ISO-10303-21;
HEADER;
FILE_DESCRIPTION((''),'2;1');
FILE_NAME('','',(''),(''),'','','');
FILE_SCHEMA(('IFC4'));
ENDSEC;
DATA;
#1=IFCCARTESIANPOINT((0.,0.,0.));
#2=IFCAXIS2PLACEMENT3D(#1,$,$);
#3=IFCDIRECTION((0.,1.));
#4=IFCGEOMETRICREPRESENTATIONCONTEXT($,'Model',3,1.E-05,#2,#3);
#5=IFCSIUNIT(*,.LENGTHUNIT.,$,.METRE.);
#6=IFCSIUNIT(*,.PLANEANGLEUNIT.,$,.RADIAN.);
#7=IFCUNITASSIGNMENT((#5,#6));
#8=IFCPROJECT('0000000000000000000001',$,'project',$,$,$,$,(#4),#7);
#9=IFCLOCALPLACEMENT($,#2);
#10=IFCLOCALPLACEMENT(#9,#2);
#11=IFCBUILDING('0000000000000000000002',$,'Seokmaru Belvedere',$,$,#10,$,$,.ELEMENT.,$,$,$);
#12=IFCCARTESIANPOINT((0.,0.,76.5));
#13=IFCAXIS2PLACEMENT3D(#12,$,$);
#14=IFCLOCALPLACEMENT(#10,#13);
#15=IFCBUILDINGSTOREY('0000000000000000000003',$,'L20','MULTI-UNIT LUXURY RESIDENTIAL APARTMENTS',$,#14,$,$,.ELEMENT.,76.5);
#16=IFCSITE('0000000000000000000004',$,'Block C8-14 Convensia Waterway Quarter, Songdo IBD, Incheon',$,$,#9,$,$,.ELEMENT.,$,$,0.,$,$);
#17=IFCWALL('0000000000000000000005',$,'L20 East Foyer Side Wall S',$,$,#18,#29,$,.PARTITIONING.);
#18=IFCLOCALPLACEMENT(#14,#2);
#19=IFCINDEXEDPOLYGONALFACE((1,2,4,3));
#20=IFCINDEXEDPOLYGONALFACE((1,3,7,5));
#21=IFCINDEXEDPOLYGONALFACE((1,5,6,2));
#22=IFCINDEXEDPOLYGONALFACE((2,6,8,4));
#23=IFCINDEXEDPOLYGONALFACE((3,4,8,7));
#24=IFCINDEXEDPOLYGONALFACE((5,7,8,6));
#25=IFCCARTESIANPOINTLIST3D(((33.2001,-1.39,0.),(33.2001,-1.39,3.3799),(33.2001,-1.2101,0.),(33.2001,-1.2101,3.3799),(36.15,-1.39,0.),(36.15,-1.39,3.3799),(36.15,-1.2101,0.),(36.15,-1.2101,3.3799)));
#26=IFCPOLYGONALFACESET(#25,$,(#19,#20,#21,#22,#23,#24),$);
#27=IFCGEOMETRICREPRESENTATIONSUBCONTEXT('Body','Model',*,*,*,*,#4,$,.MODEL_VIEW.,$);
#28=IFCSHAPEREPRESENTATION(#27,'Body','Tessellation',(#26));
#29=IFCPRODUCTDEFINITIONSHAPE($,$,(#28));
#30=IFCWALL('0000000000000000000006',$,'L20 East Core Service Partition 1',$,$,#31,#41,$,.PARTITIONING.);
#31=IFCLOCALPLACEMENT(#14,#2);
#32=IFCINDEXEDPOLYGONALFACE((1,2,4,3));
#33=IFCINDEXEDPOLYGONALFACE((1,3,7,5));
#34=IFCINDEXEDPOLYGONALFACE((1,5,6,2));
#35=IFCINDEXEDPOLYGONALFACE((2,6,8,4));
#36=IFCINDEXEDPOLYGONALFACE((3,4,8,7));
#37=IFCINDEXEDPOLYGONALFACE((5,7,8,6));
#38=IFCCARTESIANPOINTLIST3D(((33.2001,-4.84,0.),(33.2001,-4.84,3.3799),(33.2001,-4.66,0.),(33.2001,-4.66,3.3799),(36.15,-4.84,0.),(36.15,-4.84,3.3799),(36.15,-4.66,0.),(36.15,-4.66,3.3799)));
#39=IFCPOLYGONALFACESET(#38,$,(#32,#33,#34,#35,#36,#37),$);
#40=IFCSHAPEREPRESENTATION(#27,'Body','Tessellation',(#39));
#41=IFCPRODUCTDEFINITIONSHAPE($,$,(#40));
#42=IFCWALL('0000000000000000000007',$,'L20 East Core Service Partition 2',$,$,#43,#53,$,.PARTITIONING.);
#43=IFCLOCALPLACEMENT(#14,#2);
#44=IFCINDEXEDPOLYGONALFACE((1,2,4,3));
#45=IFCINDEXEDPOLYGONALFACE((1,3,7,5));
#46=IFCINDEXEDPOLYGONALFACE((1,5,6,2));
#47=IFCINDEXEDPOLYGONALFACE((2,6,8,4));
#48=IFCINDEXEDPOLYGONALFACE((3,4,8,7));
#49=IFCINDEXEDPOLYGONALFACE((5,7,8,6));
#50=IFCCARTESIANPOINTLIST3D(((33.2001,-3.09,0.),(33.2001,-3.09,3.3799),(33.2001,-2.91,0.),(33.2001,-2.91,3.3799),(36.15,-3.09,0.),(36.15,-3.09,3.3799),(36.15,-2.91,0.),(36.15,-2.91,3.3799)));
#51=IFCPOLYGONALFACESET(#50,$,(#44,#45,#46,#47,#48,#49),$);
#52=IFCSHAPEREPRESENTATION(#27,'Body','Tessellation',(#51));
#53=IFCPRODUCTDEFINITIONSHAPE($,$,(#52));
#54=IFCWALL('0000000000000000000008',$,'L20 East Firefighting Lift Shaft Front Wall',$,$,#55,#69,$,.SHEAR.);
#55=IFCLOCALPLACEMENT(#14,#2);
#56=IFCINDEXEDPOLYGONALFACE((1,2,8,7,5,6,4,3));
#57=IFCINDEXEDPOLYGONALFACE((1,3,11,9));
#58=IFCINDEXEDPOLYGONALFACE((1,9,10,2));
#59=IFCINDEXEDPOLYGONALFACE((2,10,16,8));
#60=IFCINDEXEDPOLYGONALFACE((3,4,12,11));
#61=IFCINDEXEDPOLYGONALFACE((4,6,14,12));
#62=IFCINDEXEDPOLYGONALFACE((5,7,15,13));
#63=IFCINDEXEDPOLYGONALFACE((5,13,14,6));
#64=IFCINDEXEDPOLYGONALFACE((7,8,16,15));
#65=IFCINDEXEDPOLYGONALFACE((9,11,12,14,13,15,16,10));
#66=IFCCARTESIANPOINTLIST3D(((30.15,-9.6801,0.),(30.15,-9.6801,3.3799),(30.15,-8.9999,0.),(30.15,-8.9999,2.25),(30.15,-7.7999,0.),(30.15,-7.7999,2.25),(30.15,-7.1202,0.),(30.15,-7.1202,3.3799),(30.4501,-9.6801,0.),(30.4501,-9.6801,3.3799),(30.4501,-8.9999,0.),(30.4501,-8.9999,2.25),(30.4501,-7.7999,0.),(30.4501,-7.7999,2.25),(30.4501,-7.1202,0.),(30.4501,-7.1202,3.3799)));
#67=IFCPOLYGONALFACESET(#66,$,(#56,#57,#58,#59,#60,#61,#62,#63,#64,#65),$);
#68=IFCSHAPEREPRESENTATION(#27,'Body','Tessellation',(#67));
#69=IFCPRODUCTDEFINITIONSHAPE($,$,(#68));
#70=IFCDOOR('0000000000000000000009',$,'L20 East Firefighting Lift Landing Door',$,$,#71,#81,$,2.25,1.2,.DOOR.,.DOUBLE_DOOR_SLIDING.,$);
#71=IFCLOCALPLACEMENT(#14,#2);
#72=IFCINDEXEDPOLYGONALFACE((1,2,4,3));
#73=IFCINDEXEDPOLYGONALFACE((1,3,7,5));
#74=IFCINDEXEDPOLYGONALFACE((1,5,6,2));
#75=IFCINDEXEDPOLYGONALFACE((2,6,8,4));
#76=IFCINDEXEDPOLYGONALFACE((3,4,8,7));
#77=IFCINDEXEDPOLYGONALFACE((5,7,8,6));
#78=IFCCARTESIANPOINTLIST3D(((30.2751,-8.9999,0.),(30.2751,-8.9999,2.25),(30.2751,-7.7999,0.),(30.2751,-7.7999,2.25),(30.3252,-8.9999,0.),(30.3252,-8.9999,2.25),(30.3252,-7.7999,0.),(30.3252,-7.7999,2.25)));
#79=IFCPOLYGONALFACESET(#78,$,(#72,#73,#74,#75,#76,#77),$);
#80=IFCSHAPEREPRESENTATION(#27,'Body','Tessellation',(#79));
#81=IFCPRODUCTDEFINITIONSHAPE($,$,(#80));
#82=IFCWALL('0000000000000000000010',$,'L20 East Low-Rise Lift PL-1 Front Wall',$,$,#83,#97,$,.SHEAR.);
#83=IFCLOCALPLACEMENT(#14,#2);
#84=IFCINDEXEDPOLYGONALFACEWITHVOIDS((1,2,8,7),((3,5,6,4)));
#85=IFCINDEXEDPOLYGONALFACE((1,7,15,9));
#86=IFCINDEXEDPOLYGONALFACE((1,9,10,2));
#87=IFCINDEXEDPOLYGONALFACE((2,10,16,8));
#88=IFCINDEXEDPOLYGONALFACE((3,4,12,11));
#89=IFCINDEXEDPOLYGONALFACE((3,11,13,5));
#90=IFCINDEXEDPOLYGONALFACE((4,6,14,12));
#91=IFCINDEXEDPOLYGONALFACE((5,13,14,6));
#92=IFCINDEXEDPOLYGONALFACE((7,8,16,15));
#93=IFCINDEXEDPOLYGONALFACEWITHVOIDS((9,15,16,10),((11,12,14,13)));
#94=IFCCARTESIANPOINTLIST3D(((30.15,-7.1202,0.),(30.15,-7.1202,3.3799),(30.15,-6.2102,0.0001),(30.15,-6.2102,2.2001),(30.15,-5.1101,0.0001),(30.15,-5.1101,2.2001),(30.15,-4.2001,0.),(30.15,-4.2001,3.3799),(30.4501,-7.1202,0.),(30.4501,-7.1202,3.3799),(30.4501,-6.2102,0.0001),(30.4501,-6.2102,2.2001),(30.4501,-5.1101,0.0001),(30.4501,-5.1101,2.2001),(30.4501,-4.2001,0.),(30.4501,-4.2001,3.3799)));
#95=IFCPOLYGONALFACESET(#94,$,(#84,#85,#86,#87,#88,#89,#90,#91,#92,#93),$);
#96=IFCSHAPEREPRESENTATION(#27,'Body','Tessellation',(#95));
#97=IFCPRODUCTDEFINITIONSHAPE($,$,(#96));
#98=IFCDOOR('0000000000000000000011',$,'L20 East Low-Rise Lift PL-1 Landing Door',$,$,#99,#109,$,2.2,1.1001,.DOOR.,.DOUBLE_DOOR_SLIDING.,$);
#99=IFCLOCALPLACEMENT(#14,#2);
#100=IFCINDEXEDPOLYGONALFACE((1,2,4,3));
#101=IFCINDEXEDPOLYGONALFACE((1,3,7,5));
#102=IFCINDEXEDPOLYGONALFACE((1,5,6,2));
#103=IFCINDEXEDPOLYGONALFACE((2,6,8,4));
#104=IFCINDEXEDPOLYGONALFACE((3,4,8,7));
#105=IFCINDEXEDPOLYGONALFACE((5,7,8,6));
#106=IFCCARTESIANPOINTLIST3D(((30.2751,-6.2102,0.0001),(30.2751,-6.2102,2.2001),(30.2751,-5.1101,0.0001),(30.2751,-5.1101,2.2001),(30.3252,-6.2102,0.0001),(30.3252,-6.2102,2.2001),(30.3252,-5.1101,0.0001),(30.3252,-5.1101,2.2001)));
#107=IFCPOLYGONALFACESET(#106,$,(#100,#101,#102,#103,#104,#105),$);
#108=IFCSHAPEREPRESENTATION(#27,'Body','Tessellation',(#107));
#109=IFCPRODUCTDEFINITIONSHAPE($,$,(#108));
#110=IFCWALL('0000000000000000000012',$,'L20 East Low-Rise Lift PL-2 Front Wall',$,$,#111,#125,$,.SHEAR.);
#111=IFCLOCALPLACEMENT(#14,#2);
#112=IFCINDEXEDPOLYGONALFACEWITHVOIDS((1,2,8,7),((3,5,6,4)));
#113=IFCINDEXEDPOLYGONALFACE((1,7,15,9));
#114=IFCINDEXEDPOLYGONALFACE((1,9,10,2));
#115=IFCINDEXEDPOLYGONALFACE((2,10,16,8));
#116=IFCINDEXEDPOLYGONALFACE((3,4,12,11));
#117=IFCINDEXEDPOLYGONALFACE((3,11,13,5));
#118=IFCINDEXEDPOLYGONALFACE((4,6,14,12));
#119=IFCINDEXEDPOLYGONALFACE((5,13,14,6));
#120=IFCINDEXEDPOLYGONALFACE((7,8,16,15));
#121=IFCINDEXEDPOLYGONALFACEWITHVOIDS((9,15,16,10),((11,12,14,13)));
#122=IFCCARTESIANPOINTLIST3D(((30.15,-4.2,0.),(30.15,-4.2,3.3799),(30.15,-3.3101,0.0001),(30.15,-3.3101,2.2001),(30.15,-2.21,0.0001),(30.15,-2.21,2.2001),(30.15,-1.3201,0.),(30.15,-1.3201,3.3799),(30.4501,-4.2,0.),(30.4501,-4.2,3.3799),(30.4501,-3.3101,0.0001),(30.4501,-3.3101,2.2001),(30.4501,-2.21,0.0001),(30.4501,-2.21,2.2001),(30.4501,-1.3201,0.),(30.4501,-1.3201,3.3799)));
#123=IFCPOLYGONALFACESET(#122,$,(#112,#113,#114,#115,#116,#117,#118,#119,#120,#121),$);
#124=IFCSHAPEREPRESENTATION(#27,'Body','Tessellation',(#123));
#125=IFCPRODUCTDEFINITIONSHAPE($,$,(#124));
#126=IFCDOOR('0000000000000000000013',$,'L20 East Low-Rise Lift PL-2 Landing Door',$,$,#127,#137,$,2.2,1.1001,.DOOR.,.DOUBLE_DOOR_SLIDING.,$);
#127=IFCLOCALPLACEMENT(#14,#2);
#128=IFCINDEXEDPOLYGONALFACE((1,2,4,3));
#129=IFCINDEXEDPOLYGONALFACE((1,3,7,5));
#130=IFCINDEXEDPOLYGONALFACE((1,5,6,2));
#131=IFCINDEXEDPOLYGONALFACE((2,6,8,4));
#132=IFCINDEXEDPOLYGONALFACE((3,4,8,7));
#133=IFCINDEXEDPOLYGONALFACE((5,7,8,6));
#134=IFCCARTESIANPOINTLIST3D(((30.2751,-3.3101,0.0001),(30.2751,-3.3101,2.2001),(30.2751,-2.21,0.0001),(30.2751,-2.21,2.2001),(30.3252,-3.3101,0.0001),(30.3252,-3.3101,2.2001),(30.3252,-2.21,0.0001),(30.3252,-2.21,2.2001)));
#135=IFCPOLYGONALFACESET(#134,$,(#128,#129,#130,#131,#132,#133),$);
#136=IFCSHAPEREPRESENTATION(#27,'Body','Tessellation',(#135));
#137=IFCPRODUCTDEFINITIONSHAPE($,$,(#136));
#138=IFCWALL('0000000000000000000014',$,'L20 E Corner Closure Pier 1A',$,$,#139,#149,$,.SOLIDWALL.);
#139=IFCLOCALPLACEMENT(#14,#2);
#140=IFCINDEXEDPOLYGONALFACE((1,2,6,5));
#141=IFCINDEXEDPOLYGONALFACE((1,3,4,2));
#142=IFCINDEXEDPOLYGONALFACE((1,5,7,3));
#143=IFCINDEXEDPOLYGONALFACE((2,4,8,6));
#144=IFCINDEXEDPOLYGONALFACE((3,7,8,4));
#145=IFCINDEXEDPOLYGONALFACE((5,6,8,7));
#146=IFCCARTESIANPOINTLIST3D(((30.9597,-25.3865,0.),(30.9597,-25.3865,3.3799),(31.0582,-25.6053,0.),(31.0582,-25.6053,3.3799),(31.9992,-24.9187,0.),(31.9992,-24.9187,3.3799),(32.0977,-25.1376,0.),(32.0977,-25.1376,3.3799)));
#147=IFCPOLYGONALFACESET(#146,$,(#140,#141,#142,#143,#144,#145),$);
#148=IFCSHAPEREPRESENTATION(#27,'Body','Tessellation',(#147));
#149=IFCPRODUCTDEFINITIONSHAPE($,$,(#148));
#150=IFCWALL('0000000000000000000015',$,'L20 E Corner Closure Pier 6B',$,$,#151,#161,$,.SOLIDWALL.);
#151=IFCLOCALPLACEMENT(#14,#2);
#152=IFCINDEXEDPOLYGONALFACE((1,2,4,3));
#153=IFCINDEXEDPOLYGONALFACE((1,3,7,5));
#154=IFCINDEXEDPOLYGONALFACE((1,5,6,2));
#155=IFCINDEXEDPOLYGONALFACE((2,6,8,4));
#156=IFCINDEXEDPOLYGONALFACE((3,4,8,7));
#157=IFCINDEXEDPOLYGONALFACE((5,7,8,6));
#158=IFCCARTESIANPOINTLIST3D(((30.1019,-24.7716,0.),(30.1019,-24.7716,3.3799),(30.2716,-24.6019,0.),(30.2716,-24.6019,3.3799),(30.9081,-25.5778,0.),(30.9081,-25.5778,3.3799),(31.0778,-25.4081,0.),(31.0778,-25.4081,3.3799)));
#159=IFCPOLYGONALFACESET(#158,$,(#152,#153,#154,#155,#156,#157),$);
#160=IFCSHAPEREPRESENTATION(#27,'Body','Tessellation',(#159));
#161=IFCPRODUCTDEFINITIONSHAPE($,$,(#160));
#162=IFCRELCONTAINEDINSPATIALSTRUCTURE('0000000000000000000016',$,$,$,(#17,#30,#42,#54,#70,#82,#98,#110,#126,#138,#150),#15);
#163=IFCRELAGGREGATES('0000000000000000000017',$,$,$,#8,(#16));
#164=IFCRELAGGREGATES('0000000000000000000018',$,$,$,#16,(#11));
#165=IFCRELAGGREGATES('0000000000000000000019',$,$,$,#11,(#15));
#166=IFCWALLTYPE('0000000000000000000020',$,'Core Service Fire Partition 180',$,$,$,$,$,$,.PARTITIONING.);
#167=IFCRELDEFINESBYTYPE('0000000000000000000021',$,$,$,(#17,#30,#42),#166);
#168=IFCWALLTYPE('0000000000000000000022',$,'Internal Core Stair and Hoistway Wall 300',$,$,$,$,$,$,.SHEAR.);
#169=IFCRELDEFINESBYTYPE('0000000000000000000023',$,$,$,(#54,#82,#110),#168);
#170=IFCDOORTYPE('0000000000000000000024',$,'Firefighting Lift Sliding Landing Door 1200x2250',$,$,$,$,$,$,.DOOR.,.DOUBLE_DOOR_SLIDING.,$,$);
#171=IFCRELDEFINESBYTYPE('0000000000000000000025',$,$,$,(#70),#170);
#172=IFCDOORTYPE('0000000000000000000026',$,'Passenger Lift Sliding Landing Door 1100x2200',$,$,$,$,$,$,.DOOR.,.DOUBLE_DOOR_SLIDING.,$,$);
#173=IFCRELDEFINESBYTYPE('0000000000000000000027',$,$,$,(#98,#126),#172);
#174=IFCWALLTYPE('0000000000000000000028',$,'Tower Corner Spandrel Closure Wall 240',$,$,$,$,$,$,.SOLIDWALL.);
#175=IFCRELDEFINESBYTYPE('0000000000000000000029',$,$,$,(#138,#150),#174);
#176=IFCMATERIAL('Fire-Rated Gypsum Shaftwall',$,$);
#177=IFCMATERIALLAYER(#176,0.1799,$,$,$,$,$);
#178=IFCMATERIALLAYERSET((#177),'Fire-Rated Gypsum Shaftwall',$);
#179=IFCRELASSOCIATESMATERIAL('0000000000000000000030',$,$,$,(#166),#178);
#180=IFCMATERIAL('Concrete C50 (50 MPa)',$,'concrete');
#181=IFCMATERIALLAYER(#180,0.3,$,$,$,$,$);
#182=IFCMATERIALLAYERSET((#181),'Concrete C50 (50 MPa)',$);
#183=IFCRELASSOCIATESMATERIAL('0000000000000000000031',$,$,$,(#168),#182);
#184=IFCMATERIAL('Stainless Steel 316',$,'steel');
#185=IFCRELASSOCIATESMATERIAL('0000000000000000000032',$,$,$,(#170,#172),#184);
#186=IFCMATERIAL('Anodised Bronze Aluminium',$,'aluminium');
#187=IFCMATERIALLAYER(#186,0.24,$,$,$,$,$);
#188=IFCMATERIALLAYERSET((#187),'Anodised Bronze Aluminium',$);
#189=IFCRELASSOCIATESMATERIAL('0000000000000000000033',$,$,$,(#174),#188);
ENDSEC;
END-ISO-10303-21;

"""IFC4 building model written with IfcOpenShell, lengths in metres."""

from ifc_helpers import new_model, si_unit, direction, frame, frame_2d, origin, place, context, subcontext, project, spatial, rectangle, extrude, source, transform, mapped, material, layer, layer_set, type_object, type_shapes, element, fill, save


model = new_model("IFC4")

# Units and contexts
model_context = context("Model", 3, precision=1e-05, world=origin(), true_north=direction((0.0, 1.0)))
body_context = subcontext(model_context, "Body", "Model", "MODEL_VIEW")
ifc_project = project(units=[si_unit("LENGTHUNIT", "METRE"), si_unit("PLANEANGLEUNIT", "RADIAN")], contexts=[model_context])

# Site, building, storey
site_placement = place(None, origin())
site = spatial("IfcSite", under=ifc_project, at=site_placement, Name="Block C8-14 Convensia Waterway Quarter, Songdo IBD, Incheon", CompositionType="ELEMENT", RefElevation=0.0)
building_placement = place(site_placement, origin())
building = spatial("IfcBuilding", under=site, at=building_placement, Name="Seokmaru Belvedere", CompositionType="ELEMENT")
storey_placement = place(building_placement, frame((0.0, 0.0, 76.5)))
storey = spatial("IfcBuildingStorey", under=building, at=storey_placement, Name="L20", Description="MULTI-UNIT LUXURY RESIDENTIAL APARTMENTS", CompositionType="ELEMENT", Elevation=76.5)

# Shared definitions
ifc_material_1 = material(Name="Anodised Bronze Aluminium", Category="aluminium")

# Shared definitions
ifc_material_2 = material(Name="Fire-Rated Gypsum Shaftwall")
ifc_layer_1 = layer(ifc_material_2, 0.1799)
ifc_layer_set_1 = layer_set([ifc_layer_1], Name="Fire-Rated Gypsum Shaftwall")
wall_type_1 = type_object("IfcWallType", Name="Core Service Fire Partition 180", PredefinedType="PARTITIONING", material=ifc_layer_set_1)

# Walls
for number, where, z_axis, x_axis, name in (
    (1, (33.2, -1.3, 0.0), (0.0, 0.0, 1.0), (1.0, 0.0, 0.0), "L20 East Foyer Side Wall S"),
    (2, (33.2, -4.75, 0.0), (0.0, 0.0, 1.0), (1.0, 0.0, 0.0), "L20 East Core Service Partition 1"),
    (3, (33.2, -3.0, 0.0), (0.0, 0.0, 1.0), (1.0, 0.0, 0.0), "L20 East Core Service Partition 2"),
):
    element("IfcWall", number, at=place(storey_placement, frame(where, z_axis=z_axis, x_axis=x_axis)), inside=storey, type_object=wall_type_1, Name=name, PredefinedType="PARTITIONING", context=body_context, shape_type="SweptSolid", body=[
        extrude(rectangle(XDim=2.95, YDim=0.1799, at=frame_2d((1.4751, 0.0))), origin(), (0.0, 0.0, 1.0), 3.3799),
    ])

# Walls, openings, doors
ifc_material_3 = material(Name="Concrete C50 (50 MPa)", Category="concrete")
ifc_layer_2 = layer(ifc_material_3, 0.3)
ifc_layer_set_2 = layer_set([ifc_layer_2], Name="Concrete C50 (50 MPa)")
wall_type_2 = type_object("IfcWallType", Name="Internal Core Stair and Hoistway Wall 300", PredefinedType="SHEAR", material=ifc_layer_set_2)
wall_1_placement = place(storey_placement, frame((30.3, -9.6799, 0.0), z_axis=(0.0, 0.0, 1.0), x_axis=(0.0, 1.0, 0.0)))
wall_1 = element("IfcWall", 4, at=wall_1_placement, inside=storey, type_object=wall_type_2, Name="L20 East Firefighting Lift Shaft Front Wall", PredefinedType="SHEAR", context=body_context, shape_type="SweptSolid", body=[
    extrude(rectangle(XDim=2.5598, YDim=0.3, at=frame_2d((1.2798, 0.0))), origin(), (0.0, 0.0, 1.0), 3.3799),
])
opening_1_placement = place(wall_1_placement, frame((0.6799, 0.0, 0.0)))
opening_1 = element("IfcOpeningElement", 5, at=opening_1_placement, cuts=wall_1, PredefinedType="OPENING", context=body_context, shape_type="SweptSolid", body=[
    extrude(rectangle(XDim=1.2, YDim=2.25, at=frame_2d((0.6001, 1.125))), frame((0.0, 0.1602, 0.0), z_axis=(0.0, -1.0, 0.0), x_axis=(1.0, 0.0, 0.0)), (0.0, 0.0, 1.0), 0.3201),
])
ifc_material_4 = material(Name="Stainless Steel 316", Category="steel")
door_type_1 = type_object("IfcDoorType", Name="Firefighting Lift Sliding Landing Door 1200x2250", OperationType="DOUBLE_DOOR_SLIDING", PredefinedType="DOOR", material=ifc_material_4)
shared_shape_1 = source(origin(), body_context, "Body", "SweptSolid", [
    extrude(rectangle(XDim=1.2, YDim=2.25, at=frame_2d((0.6001, 1.125))), frame((0.0, 0.0249, 0.0), z_axis=(0.0, -1.0, 0.0), x_axis=(1.0, 0.0, 0.0)), (0.0, 0.0, 1.0), 0.05),
])
type_shapes(door_type_1, [shared_shape_1])
door_1_placement = place(opening_1_placement, origin())
door_1 = element("IfcDoor", 6, at=door_1_placement, inside=storey, type_object=door_type_1, Name="L20 East Firefighting Lift Landing Door", OperationType="DOUBLE_DOOR_SLIDING", OverallHeight=2.25, OverallWidth=1.2, PredefinedType="DOOR", context=body_context, shape_type="MappedRepresentation", body=[
    mapped(shared_shape_1, transform((0.0, 0.0, 0.0), scale=1.0)),
])
fill(opening_1, door_1)
wall_2_placement = place(storey_placement, frame((30.3, -7.1201, 0.0), z_axis=(0.0, 0.0, 1.0), x_axis=(0.0, 1.0, 0.0)))
wall_2 = element("IfcWall", 7, at=wall_2_placement, inside=storey, type_object=wall_type_2, Name="L20 East Low-Rise Lift PL-1 Front Wall", PredefinedType="SHEAR", context=body_context, shape_type="SweptSolid", body=[
    extrude(rectangle(XDim=2.9202, YDim=0.3, at=frame_2d((1.46, 0.0))), origin(), (0.0, 0.0, 1.0), 3.3799),
])
opening_2_placement = place(wall_2_placement, frame((0.9099, 0.0, 0.0)))
opening_2 = element("IfcOpeningElement", 8, at=opening_2_placement, cuts=wall_2, PredefinedType="OPENING", context=body_context, shape_type="SweptSolid", body=[
    extrude(rectangle(XDim=1.1001, YDim=2.2, at=frame_2d((0.55, 1.1001))), frame((0.0, 0.1602, 0.0), z_axis=(0.0, -1.0, 0.0), x_axis=(1.0, 0.0, 0.0)), (0.0, 0.0, 1.0), 0.3201),
])
door_type_2 = type_object("IfcDoorType", Name="Passenger Lift Sliding Landing Door 1100x2200", OperationType="DOUBLE_DOOR_SLIDING", PredefinedType="DOOR", material=ifc_material_4)
shared_shape_2 = source(origin(), body_context, "Body", "SweptSolid", [
    extrude(rectangle(XDim=1.1001, YDim=2.2, at=frame_2d((0.55, 1.1001))), frame((0.0, 0.0249, 0.0), z_axis=(0.0, -1.0, 0.0), x_axis=(1.0, 0.0, 0.0)), (0.0, 0.0, 1.0), 0.05),
])
type_shapes(door_type_2, [shared_shape_2])
door_2_placement = place(opening_2_placement, origin())
door_2 = element("IfcDoor", 9, at=door_2_placement, inside=storey, type_object=door_type_2, Name="L20 East Low-Rise Lift PL-1 Landing Door", OperationType="DOUBLE_DOOR_SLIDING", OverallHeight=2.2, OverallWidth=1.1001, PredefinedType="DOOR", context=body_context, shape_type="MappedRepresentation", body=[
    mapped(shared_shape_2, transform((0.0, 0.0, 0.0), scale=1.0)),
])
fill(opening_2, door_2)
wall_3_placement = place(storey_placement, frame((30.3, -4.2, 0.0), z_axis=(0.0, 0.0, 1.0), x_axis=(0.0, 1.0, 0.0)))
wall_3 = element("IfcWall", 10, at=wall_3_placement, inside=storey, type_object=wall_type_2, Name="L20 East Low-Rise Lift PL-2 Front Wall", PredefinedType="SHEAR", context=body_context, shape_type="SweptSolid", body=[
    extrude(rectangle(XDim=2.8799, YDim=0.3, at=frame_2d((1.4399, 0.0))), origin(), (0.0, 0.0, 1.0), 3.3799),
])
opening_3_placement = place(wall_3_placement, frame((0.8899, 0.0, 0.0)))
opening_3 = element("IfcOpeningElement", 11, at=opening_3_placement, cuts=wall_3, PredefinedType="OPENING", context=body_context, shape_type="SweptSolid", body=[
    extrude(rectangle(XDim=1.1001, YDim=2.2, at=frame_2d((0.55, 1.1001))), frame((0.0, 0.1602, 0.0), z_axis=(0.0, -1.0, 0.0), x_axis=(1.0, 0.0, 0.0)), (0.0, 0.0, 1.0), 0.3201),
])
door_3_placement = place(opening_3_placement, origin())
door_3 = element("IfcDoor", 12, at=door_3_placement, inside=storey, type_object=door_type_2, Name="L20 East Low-Rise Lift PL-2 Landing Door", OperationType="DOUBLE_DOOR_SLIDING", OverallHeight=2.2, OverallWidth=1.1001, PredefinedType="DOOR", context=body_context, shape_type="MappedRepresentation", body=[
    mapped(shared_shape_2, transform((0.0, 0.0, 0.0), scale=1.0)),
])
fill(opening_3, door_3)

# Walls
ifc_layer_3 = layer(ifc_material_1, 0.24)
ifc_layer_set_3 = layer_set([ifc_layer_3], Name="Anodised Bronze Aluminium")
wall_type_3 = type_object("IfcWallType", Name="Tower Corner Spandrel Closure Wall 240", PredefinedType="SOLIDWALL", material=ifc_layer_set_3)
wall_4_placement = place(storey_placement, frame((31.009, -25.4958, 0.0), z_axis=(0.0, 0.0, 1.0), x_axis=(0.91193, 0.410347, 0.0)))
element("IfcWall", 13, at=wall_4_placement, inside=storey, type_object=wall_type_3, Name="L20 E Corner Closure Pier 1A", PredefinedType="SOLIDWALL", context=body_context, shape_type="SweptSolid", body=[
    extrude(rectangle(XDim=1.1399, YDim=0.24, at=frame_2d((0.5698, 0.0))), origin(), (0.0, 0.0, 1.0), 3.3799),
])
wall_5_placement = place(storey_placement, frame((30.1868, -24.6868, 0.0), z_axis=(0.0, 0.0, 1.0), x_axis=(0.707107, -0.707107, 0.0)))
element("IfcWall", 14, at=wall_5_placement, inside=storey, type_object=wall_type_3, Name="L20 E Corner Closure Pier 6B", PredefinedType="SOLIDWALL", context=body_context, shape_type="SweptSolid", body=[
    extrude(rectangle(XDim=1.1401, YDim=0.24, at=frame_2d((0.5701, 0.0))), origin(), (0.0, 0.0, 1.0), 3.3799),
])

save(model, "model.ifc")
